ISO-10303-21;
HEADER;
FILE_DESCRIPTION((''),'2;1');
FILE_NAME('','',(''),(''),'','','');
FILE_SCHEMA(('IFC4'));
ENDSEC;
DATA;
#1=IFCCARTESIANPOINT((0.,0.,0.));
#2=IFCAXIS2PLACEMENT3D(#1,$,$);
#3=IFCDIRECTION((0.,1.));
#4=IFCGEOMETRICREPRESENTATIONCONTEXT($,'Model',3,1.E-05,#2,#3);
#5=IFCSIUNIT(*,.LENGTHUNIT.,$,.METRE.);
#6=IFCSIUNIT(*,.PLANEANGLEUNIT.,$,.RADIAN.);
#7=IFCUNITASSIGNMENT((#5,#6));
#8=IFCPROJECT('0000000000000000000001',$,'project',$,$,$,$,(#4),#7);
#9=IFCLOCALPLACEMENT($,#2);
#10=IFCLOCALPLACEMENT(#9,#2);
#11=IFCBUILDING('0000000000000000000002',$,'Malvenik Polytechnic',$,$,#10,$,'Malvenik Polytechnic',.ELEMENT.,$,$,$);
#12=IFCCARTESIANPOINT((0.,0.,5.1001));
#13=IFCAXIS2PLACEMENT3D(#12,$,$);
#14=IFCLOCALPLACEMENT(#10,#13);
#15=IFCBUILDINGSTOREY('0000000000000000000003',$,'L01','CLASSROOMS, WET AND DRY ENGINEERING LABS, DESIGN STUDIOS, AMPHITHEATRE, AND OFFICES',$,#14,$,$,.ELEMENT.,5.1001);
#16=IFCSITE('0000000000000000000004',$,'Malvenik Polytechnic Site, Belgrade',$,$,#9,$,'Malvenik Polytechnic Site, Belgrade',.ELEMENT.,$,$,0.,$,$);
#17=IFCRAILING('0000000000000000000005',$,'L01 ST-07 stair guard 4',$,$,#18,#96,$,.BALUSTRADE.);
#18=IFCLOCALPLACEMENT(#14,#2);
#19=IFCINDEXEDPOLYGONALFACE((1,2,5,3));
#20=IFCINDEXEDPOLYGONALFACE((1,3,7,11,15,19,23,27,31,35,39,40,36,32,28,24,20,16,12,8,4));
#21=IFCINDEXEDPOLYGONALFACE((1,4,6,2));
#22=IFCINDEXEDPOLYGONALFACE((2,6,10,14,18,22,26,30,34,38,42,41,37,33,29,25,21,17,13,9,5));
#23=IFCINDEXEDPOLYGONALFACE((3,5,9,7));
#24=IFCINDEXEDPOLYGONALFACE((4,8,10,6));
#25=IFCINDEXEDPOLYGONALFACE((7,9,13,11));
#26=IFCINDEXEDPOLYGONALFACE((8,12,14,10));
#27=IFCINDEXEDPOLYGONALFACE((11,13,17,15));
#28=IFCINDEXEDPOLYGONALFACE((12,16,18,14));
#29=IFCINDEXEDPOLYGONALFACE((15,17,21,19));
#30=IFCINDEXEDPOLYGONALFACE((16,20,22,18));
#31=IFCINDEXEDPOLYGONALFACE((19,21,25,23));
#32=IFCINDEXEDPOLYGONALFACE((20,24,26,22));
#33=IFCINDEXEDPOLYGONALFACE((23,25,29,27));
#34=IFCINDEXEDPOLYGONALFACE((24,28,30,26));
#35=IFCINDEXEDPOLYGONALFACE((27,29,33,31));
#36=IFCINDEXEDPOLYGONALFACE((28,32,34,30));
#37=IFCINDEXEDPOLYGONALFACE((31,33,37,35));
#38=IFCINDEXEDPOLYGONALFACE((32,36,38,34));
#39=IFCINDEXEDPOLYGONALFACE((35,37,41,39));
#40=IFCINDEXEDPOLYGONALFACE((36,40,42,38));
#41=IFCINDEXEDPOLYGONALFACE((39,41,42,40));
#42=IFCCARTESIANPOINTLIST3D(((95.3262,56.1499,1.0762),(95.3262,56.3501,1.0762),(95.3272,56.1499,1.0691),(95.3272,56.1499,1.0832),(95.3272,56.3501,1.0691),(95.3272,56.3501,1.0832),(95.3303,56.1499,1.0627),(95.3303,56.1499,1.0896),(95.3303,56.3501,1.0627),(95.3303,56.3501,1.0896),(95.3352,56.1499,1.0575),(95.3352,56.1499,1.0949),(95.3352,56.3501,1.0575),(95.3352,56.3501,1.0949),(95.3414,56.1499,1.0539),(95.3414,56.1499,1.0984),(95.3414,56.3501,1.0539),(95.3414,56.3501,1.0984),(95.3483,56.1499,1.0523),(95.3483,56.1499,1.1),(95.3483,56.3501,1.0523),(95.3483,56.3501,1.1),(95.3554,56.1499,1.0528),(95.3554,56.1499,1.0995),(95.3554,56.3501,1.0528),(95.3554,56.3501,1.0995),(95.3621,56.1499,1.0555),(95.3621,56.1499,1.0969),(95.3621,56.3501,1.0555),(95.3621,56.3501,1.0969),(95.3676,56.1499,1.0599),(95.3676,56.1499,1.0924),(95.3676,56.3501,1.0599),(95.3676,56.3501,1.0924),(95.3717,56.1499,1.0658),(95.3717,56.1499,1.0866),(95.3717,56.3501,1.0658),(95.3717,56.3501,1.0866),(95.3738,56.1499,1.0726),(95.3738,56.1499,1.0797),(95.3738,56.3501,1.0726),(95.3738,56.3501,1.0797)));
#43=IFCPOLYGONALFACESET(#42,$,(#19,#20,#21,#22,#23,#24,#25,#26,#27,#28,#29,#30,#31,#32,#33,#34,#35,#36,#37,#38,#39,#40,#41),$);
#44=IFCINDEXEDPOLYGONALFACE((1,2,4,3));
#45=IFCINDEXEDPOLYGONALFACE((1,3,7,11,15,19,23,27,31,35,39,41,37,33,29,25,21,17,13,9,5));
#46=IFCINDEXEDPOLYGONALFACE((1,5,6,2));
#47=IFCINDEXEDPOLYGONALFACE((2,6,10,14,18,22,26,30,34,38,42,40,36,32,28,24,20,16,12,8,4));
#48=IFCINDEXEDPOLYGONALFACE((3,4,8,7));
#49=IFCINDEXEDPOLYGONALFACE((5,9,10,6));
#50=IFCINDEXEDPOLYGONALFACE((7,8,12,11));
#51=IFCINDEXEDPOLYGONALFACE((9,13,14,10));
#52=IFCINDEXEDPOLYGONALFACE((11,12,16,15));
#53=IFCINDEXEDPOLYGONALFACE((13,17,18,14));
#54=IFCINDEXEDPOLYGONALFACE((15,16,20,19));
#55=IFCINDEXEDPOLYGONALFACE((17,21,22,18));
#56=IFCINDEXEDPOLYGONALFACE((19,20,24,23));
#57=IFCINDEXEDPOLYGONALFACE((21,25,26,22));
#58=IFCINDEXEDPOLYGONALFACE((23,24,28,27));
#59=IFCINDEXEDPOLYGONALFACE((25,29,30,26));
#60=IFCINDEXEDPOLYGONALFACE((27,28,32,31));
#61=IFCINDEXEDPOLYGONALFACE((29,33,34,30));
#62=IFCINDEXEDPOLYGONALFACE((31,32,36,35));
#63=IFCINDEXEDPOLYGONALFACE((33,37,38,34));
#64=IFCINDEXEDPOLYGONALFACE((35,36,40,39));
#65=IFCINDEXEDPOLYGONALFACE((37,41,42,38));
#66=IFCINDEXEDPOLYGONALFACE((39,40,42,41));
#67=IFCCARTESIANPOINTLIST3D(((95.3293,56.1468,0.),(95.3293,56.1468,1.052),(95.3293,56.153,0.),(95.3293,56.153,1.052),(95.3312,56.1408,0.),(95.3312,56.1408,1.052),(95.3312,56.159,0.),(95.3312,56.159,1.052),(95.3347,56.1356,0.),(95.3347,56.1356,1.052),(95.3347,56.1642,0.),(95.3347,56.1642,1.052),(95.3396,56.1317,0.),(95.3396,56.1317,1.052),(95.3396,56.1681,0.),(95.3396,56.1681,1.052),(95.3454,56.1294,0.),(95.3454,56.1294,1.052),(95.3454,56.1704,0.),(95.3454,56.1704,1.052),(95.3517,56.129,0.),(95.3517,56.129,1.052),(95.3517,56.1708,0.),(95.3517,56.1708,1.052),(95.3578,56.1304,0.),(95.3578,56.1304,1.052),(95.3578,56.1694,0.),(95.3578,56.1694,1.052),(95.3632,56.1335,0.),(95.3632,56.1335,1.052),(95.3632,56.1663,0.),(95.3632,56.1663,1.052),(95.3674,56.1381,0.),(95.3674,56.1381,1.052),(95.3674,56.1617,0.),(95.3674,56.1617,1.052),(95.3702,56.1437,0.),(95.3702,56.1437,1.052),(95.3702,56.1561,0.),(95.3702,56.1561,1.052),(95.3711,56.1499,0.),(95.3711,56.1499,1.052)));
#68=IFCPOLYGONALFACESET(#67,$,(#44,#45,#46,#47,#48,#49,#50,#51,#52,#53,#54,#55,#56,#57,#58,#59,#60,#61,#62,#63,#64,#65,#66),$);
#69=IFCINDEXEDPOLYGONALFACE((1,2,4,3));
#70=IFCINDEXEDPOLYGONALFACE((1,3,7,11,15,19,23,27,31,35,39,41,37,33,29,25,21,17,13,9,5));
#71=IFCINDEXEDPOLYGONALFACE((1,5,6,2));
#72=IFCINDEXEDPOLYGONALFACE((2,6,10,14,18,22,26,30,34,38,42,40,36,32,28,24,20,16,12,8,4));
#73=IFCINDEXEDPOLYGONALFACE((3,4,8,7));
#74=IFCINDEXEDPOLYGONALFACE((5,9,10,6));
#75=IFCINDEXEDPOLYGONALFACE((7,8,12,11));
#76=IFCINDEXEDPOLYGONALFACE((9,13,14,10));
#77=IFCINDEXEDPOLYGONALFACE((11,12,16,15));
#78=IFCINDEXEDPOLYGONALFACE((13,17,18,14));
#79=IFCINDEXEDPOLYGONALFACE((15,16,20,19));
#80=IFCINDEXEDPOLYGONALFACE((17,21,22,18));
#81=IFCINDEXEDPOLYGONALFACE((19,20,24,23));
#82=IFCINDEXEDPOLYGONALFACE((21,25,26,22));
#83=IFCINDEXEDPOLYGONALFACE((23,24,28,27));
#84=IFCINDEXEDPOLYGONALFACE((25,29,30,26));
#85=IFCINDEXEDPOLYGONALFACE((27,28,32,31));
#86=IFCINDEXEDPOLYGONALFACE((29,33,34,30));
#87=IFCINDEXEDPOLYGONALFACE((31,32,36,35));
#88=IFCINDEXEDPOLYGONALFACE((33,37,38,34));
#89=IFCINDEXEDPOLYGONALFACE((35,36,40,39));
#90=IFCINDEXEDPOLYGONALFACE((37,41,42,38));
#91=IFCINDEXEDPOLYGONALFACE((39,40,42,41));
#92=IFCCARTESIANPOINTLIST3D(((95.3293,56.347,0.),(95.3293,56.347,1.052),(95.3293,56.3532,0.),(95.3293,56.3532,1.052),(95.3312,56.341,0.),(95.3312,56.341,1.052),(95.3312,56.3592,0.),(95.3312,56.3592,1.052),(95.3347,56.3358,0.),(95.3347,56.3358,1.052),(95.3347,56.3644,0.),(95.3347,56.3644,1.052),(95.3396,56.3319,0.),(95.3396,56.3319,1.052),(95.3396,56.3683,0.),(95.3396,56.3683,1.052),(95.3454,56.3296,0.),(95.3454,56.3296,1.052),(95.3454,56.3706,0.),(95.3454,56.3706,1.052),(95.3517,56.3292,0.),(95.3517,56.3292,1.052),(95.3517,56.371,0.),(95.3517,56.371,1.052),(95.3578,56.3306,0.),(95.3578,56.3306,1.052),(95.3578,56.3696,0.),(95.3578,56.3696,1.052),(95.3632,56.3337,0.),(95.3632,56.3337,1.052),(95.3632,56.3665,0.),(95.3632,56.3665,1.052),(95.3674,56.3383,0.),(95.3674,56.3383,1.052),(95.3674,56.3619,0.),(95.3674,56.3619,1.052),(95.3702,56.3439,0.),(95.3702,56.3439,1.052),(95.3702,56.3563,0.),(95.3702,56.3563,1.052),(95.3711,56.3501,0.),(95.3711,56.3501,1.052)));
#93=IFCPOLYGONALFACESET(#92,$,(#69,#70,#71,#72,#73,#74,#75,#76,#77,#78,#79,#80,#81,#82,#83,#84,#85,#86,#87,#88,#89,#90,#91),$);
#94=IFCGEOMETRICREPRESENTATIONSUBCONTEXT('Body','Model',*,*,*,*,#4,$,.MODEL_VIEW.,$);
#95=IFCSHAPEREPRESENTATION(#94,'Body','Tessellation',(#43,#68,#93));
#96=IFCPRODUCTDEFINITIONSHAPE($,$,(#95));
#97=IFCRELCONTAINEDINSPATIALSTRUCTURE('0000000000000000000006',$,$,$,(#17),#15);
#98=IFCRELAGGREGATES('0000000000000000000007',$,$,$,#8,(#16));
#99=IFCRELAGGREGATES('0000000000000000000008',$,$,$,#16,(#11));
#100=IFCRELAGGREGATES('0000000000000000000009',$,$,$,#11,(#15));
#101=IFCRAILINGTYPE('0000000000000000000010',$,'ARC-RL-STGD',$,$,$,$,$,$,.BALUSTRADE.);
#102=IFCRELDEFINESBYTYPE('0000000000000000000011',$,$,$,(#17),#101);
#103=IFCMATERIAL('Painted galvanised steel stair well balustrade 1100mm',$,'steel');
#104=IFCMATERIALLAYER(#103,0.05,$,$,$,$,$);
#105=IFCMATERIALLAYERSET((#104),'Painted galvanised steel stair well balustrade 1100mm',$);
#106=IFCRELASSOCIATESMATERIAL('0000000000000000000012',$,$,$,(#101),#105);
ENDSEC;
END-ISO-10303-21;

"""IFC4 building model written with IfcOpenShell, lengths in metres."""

from ifc_helpers import new_model, si_unit, direction, frame, origin, origin_2d, place, context, subcontext, project, spatial, circle, extrude, material, layer, layer_set, type_object, element, save


model = new_model("IFC4")

# Units and contexts
model_context = context("Model", 3, precision=1e-05, world=origin(), true_north=direction((0.0, 1.0)))
body_context = subcontext(model_context, "Body", "Model", "MODEL_VIEW")
ifc_project = project(units=[si_unit("LENGTHUNIT", "METRE"), si_unit("PLANEANGLEUNIT", "RADIAN")], contexts=[model_context])

# Site, building, storey
site_placement = place(None, origin())
site = spatial("IfcSite", under=ifc_project, at=site_placement, Name="Malvenik Polytechnic Site, Belgrade", LongName="Malvenik Polytechnic Site, Belgrade", CompositionType="ELEMENT", RefElevation=0.0)
building_placement = place(site_placement, origin())
building = spatial("IfcBuilding", under=site, at=building_placement, Name="Malvenik Polytechnic", LongName="Malvenik Polytechnic", CompositionType="ELEMENT")
storey_placement = place(building_placement, frame((0.0, 0.0, 5.1001)))
storey = spatial("IfcBuildingStorey", under=building, at=storey_placement, Name="L01", Description="CLASSROOMS, WET AND DRY ENGINEERING LABS, DESIGN STUDIOS, AMPHITHEATRE, AND OFFICES", CompositionType="ELEMENT", Elevation=5.1001)

# Railing
ifc_material_1 = material(Name="Painted galvanised steel stair well balustrade 1100mm", Category="steel")
ifc_layer_1 = layer(ifc_material_1, 0.05)
ifc_layer_set_1 = layer_set([ifc_layer_1], Name="Painted galvanised steel stair well balustrade 1100mm")
railing_type_1 = type_object("IfcRailingType", Name="ARC-RL-STGD", PredefinedType="BALUSTRADE", material=ifc_layer_set_1)
railing_1_placement = place(storey_placement, frame((95.3501, 56.1499, 0.0)))
element("IfcRailing", 1, at=railing_1_placement, inside=storey, type_object=railing_type_1, Name="L01 ST-07 stair guard 4", PredefinedType="BALUSTRADE", context=body_context, shape_type="SweptSolid", body=[
    extrude(circle(Radius=0.0239, at=origin_2d()), frame((0.0, 0.0, 1.0762), z_axis=(0.0, 1.0, 0.0), x_axis=(-1.0, 0.0, 0.0)), (0.0, 0.0, 1.0), 0.2002),
    extrude(circle(Radius=0.021, at=origin_2d()), origin(), (0.0, 0.0, 1.0), 1.052),
    extrude(circle(Radius=0.021, at=origin_2d()), frame((0.0, 0.2002, 0.0)), (0.0, 0.0, 1.0), 1.052),
])

save(model, "model.ifc")
